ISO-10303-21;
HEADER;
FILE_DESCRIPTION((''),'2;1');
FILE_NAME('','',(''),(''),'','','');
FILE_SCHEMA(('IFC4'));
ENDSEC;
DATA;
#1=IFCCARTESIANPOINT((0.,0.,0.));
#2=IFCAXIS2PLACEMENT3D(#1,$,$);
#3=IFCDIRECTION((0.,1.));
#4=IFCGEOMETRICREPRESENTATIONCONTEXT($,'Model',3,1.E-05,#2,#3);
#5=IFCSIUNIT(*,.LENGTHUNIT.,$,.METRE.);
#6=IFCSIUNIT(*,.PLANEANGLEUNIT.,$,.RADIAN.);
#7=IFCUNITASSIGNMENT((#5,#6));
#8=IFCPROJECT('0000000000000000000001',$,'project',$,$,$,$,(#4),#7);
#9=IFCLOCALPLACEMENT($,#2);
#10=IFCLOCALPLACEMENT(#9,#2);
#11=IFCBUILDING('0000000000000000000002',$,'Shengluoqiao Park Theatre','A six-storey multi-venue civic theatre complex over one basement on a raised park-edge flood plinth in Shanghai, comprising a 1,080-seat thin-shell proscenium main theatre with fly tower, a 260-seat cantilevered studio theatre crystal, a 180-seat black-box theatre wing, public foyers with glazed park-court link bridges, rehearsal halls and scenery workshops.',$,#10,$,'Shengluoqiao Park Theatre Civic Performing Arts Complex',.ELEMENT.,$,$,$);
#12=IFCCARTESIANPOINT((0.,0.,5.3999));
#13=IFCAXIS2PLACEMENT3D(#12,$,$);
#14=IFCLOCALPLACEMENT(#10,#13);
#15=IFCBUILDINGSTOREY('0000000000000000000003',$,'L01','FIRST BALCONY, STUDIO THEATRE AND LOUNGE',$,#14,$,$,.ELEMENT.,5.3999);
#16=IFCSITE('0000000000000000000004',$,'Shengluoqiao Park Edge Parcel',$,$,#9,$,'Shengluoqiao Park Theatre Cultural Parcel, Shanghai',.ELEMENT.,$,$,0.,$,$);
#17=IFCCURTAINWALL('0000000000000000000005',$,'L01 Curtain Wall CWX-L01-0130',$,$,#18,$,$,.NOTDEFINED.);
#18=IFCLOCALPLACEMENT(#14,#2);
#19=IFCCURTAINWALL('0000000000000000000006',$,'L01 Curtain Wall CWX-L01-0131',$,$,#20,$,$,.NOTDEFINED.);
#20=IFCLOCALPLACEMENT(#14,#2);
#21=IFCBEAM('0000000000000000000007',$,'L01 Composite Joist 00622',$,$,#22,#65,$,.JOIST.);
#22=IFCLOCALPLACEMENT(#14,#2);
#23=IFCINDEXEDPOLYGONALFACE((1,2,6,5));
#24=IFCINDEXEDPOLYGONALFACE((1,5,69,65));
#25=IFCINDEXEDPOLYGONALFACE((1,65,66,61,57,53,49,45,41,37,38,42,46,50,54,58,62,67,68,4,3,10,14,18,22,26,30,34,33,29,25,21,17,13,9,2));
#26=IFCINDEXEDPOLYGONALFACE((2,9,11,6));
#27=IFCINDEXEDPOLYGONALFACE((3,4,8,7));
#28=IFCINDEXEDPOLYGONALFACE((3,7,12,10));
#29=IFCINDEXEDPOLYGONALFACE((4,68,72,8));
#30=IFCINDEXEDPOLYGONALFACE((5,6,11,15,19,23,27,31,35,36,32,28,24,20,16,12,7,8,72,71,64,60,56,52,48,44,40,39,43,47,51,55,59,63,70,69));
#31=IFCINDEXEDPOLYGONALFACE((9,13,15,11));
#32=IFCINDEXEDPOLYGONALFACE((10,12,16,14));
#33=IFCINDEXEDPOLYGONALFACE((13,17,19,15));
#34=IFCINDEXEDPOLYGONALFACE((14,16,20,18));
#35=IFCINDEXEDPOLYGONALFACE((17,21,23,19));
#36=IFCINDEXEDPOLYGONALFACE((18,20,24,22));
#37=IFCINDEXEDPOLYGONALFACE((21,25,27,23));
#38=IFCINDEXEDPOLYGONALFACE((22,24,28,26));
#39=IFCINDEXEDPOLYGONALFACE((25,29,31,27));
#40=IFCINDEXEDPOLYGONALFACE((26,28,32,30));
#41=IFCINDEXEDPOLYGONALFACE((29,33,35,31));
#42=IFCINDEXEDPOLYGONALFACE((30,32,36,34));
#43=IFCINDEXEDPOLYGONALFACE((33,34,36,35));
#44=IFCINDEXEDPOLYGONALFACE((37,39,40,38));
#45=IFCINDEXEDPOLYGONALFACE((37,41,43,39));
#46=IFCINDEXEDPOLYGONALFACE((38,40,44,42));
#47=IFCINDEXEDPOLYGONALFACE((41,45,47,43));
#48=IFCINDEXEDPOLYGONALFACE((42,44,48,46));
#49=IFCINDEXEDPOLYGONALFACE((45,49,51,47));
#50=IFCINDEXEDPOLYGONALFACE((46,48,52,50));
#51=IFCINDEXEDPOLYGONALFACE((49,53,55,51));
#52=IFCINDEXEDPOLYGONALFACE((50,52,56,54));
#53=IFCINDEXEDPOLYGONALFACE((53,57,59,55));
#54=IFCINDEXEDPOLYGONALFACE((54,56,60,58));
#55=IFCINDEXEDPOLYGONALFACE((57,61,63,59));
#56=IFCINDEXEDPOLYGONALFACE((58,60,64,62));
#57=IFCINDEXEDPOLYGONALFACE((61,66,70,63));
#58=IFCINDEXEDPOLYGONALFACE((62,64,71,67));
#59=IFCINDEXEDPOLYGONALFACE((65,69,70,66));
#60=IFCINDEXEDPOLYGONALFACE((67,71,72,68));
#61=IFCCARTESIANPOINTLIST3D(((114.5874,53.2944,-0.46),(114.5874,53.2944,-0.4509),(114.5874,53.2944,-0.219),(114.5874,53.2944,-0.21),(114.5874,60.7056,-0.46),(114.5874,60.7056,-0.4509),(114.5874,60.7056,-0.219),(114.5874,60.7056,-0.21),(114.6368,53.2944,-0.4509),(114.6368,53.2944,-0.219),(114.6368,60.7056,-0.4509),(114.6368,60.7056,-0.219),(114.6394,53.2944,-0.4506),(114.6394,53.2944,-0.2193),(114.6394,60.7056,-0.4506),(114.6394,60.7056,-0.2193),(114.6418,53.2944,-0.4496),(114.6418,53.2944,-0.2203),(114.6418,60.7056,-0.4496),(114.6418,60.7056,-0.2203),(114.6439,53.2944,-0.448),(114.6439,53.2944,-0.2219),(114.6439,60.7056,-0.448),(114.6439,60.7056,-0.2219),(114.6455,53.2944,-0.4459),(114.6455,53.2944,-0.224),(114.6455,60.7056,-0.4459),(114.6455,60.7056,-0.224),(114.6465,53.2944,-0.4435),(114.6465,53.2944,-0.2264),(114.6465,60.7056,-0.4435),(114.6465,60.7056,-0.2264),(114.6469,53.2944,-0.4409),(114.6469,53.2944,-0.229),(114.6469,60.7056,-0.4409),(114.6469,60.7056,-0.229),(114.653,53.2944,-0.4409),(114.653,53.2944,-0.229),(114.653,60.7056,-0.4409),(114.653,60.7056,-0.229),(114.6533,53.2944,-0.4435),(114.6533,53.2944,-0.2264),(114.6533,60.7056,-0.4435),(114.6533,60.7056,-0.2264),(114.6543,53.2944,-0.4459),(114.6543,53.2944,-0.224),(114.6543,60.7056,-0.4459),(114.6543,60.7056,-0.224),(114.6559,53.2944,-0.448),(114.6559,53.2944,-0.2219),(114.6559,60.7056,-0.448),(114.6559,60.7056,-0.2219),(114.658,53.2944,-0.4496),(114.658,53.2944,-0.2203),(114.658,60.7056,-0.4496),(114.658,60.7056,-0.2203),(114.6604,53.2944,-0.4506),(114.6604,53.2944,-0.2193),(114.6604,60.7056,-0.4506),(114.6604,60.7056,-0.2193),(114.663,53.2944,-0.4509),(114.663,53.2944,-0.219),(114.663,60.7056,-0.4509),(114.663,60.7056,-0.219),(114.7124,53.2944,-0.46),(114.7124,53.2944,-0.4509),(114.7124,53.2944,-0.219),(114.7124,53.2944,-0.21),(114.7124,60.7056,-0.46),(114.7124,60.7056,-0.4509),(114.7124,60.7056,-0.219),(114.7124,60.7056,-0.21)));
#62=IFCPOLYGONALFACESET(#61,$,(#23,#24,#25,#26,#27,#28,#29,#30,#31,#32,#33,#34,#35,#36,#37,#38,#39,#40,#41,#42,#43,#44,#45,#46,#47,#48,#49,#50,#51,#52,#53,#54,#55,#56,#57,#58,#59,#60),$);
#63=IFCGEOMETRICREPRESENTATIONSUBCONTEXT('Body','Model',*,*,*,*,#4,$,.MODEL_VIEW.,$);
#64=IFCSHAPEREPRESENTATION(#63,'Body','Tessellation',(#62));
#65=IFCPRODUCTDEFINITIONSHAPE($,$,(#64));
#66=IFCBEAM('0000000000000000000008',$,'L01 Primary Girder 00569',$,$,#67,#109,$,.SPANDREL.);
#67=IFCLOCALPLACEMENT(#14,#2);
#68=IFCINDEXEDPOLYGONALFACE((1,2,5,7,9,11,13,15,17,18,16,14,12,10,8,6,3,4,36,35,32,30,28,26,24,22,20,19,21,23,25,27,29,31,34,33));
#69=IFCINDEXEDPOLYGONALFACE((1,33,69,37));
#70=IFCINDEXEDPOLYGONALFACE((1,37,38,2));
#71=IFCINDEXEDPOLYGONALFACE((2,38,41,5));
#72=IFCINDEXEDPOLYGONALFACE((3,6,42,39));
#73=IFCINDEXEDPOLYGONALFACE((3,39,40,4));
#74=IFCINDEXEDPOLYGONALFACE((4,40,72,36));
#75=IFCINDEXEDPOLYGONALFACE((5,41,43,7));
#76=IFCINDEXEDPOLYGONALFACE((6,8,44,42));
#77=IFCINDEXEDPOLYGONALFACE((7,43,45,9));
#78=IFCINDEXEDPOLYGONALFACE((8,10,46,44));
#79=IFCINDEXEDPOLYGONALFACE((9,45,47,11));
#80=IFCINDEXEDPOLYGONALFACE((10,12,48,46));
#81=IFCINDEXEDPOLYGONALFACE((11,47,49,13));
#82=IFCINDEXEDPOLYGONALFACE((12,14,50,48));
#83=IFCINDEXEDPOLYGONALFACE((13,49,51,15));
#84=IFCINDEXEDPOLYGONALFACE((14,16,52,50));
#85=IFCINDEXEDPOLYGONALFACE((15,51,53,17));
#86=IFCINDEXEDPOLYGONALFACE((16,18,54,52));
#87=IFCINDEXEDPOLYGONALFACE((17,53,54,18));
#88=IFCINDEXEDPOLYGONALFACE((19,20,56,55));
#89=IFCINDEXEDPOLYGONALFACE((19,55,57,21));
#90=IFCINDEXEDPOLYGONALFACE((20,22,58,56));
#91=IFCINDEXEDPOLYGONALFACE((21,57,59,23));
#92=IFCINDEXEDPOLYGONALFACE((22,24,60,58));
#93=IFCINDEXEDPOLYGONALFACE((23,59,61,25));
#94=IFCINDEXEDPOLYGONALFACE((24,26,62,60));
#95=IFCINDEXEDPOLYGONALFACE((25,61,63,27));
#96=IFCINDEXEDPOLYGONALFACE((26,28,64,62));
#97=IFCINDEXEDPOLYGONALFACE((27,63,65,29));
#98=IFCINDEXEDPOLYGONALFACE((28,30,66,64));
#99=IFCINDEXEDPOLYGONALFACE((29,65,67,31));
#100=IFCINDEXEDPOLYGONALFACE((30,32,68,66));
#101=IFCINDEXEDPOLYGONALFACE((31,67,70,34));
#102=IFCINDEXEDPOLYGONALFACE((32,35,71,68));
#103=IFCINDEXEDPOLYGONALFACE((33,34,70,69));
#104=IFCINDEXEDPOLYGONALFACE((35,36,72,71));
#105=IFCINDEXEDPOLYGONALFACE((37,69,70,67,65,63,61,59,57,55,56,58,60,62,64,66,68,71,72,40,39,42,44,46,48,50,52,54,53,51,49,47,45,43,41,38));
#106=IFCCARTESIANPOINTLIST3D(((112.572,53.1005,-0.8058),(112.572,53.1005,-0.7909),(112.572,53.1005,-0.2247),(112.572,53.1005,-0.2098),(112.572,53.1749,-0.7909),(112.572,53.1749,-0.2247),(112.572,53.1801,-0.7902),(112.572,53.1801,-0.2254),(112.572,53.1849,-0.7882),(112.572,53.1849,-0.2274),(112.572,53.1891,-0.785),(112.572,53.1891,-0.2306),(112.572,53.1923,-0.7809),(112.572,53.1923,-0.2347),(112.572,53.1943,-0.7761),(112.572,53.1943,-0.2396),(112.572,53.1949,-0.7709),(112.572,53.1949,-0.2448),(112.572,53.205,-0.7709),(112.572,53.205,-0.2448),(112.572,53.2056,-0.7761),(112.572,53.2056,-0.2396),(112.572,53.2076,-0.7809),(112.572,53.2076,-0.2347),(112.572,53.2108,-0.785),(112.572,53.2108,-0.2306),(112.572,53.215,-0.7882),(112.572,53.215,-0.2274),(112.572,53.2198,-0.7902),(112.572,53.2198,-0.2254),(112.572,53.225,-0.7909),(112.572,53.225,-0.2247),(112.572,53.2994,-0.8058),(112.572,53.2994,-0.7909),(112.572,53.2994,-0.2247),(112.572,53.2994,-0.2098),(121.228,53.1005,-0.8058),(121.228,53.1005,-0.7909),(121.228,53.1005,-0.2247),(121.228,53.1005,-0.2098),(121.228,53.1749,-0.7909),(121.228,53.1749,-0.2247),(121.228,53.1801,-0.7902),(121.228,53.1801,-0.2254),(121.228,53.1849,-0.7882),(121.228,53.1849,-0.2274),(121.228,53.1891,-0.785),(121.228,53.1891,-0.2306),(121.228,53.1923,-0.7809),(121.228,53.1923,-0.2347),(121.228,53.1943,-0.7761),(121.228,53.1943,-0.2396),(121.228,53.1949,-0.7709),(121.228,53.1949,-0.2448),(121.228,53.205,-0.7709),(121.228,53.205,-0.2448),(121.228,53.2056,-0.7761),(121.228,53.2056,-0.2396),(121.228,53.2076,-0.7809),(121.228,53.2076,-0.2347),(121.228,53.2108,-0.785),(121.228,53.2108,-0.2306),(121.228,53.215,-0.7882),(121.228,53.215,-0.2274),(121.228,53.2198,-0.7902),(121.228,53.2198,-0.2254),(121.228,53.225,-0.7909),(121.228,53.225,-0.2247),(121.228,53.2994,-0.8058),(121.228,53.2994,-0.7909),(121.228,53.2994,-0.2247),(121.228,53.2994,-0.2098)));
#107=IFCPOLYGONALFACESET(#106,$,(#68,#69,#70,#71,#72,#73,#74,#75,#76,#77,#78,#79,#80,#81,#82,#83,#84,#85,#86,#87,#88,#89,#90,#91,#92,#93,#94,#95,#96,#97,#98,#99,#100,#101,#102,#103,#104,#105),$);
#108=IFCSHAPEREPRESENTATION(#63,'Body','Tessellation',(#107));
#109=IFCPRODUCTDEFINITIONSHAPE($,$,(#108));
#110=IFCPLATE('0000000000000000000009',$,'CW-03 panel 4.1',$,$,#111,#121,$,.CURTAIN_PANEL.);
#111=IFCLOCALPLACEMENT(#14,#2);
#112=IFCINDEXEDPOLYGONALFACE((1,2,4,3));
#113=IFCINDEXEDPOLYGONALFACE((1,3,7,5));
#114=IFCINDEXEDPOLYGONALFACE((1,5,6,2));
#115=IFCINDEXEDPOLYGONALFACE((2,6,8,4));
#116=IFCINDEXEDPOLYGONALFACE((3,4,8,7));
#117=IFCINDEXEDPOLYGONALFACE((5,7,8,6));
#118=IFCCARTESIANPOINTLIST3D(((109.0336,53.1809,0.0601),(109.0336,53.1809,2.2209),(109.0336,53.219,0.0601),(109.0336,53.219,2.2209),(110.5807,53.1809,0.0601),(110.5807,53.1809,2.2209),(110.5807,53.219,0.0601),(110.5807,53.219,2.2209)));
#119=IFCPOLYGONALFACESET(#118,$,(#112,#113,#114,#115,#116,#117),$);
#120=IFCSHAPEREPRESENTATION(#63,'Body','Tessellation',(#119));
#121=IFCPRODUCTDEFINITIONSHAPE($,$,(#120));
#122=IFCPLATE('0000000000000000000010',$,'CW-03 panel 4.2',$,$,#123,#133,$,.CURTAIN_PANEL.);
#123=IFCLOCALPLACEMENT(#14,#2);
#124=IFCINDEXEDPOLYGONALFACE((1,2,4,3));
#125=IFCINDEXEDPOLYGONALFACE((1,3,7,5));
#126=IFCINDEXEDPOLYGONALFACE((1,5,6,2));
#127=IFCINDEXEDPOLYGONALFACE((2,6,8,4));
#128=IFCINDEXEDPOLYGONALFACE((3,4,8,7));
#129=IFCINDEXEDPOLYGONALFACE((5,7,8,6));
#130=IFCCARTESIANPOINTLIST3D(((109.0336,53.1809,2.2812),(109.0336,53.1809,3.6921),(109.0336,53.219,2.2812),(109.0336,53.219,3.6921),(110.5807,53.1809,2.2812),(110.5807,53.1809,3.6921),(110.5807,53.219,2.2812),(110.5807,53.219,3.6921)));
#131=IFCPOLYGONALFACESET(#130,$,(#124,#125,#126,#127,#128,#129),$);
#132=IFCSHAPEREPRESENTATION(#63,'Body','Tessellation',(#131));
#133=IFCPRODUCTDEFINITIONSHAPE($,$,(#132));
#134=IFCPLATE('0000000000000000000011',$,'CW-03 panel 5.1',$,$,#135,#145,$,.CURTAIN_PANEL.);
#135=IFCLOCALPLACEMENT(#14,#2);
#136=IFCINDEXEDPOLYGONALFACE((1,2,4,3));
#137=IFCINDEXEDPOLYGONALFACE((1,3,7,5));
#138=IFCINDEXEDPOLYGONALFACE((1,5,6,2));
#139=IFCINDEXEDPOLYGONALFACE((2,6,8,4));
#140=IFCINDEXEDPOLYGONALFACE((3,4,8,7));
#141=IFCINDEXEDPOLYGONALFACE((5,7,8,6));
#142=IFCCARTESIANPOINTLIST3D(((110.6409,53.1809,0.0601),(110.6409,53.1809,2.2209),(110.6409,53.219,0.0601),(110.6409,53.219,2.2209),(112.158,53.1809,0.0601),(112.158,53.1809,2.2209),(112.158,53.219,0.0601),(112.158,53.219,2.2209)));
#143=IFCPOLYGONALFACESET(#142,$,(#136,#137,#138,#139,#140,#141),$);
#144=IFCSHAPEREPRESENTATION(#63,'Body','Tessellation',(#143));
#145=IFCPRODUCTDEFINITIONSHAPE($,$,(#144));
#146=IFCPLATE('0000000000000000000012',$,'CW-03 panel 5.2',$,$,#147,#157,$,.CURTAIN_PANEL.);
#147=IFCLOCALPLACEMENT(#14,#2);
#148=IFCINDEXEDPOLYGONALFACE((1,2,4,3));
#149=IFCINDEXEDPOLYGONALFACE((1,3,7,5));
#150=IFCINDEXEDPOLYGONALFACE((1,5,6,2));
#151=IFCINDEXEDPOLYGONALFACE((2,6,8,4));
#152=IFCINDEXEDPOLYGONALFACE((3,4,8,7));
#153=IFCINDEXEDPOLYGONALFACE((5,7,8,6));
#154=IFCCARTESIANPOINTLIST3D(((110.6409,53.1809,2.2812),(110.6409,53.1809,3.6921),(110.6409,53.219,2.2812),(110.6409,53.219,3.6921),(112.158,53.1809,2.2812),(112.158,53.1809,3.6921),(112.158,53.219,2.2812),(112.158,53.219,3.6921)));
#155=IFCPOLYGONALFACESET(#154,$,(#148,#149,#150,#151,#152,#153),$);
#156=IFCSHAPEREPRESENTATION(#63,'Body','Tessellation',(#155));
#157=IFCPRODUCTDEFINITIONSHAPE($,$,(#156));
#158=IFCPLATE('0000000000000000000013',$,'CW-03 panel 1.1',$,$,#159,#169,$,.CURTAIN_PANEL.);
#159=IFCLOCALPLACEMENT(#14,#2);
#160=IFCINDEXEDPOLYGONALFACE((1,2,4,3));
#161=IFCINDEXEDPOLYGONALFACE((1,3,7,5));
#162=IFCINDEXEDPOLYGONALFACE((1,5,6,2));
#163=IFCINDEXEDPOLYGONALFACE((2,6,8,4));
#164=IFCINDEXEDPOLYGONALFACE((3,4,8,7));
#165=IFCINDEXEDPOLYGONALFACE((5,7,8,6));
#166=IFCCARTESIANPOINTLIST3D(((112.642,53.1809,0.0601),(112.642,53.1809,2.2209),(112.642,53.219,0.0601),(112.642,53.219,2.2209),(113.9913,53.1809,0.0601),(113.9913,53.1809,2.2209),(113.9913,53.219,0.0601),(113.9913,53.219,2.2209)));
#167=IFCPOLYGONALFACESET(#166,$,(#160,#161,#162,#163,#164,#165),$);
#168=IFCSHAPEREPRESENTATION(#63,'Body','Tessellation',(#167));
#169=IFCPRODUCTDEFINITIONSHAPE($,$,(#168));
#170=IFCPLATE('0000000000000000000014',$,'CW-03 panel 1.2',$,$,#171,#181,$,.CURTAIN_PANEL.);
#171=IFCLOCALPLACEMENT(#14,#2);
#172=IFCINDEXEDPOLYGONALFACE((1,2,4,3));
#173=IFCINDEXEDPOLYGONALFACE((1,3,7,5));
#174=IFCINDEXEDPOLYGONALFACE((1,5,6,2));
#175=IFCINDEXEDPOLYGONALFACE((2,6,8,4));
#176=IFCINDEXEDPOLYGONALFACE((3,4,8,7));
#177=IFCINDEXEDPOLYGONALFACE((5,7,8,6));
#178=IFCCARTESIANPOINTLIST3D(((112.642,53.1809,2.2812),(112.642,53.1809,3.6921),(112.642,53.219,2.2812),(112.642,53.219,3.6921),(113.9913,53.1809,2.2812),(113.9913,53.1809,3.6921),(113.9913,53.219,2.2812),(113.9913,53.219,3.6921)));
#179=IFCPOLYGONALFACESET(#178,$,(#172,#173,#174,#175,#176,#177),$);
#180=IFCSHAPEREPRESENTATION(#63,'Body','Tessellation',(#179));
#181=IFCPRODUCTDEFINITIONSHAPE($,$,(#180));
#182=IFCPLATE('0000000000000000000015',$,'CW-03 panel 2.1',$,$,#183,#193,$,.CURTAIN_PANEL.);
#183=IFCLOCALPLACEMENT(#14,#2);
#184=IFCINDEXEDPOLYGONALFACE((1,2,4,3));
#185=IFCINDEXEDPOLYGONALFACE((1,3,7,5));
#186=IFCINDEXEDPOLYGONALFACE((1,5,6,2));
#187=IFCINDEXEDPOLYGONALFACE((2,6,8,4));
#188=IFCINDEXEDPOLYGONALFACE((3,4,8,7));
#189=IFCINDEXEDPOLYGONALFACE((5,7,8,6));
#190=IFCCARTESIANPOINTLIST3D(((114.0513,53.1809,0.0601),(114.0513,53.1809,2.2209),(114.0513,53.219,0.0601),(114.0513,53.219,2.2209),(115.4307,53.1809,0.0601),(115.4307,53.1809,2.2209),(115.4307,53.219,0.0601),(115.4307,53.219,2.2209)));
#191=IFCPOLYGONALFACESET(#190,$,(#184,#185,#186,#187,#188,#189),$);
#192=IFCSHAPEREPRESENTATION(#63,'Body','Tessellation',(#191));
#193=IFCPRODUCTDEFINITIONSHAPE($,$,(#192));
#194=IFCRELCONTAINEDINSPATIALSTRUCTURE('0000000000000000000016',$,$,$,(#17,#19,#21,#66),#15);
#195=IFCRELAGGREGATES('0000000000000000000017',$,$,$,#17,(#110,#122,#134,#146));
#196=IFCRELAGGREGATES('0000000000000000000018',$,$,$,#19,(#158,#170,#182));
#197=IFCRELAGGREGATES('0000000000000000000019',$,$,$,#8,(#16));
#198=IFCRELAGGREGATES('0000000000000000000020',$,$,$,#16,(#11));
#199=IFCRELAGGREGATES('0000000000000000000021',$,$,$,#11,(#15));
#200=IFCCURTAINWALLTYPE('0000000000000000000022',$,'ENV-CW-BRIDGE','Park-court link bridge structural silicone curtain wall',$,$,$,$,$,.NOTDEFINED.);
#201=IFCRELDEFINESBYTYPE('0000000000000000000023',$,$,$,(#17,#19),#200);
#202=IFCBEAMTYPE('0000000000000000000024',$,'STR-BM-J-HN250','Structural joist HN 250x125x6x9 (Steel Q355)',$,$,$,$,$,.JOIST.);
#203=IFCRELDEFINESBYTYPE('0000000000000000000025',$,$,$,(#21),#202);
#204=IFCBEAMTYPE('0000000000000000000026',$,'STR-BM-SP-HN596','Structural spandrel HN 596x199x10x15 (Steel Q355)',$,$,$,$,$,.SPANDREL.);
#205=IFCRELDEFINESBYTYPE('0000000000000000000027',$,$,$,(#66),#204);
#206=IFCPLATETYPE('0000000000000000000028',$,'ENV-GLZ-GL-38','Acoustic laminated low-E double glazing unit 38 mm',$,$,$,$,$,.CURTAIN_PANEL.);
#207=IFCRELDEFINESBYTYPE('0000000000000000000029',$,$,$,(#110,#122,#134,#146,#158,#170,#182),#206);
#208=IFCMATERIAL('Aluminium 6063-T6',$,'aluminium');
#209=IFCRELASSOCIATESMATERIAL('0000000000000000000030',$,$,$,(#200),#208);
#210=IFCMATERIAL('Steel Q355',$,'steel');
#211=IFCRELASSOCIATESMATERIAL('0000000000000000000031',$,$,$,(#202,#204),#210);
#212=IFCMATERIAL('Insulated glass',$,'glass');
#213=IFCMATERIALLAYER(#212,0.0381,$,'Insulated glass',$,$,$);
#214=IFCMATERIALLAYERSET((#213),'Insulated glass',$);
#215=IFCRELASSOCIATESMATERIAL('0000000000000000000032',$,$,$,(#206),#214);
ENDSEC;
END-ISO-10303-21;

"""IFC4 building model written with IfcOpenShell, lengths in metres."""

from ifc_helpers import new_model, si_unit, direction, frame, origin, origin_2d, place, context, subcontext, project, spatial, rectangle, i_section, extrude, material, layer, layer_set, material_profile, profile_set, type_object, element, aggregate, save


model = new_model("IFC4")

# Units and contexts
model_context = context("Model", 3, precision=1e-05, world=origin(), true_north=direction((0.0, 1.0)))
body_context = subcontext(model_context, "Body", "Model", "MODEL_VIEW")
ifc_project = project(units=[si_unit("LENGTHUNIT", "METRE"), si_unit("PLANEANGLEUNIT", "RADIAN")], contexts=[model_context])

# Site, building, storey
site_placement = place(None, origin())
site = spatial("IfcSite", under=ifc_project, at=site_placement, Name="Shengluoqiao Park Edge Parcel", LongName="Shengluoqiao Park Theatre Cultural Parcel, Shanghai", CompositionType="ELEMENT", RefElevation=0.0)
building_placement = place(site_placement, origin())
building = spatial("IfcBuilding", under=site, at=building_placement, Name="Shengluoqiao Park Theatre", Description="A six-storey multi-venue civic theatre complex over one basement on a raised park-edge flood plinth in Shanghai, comprising a 1,080-seat thin-shell proscenium main theatre with fly tower, a 260-seat cantilevered studio theatre crystal, a 180-seat black-box theatre wing, public foyers with glazed park-court link bridges, rehearsal halls and scenery workshops.", LongName="Shengluoqiao Park Theatre Civic Performing Arts Complex", CompositionType="ELEMENT")
storey_placement = place(building_placement, frame((0.0, 0.0, 5.3999)))
storey = spatial("IfcBuildingStorey", under=building, at=storey_placement, Name="L01", Description="FIRST BALCONY, STUDIO THEATRE AND LOUNGE", CompositionType="ELEMENT", Elevation=5.3999)

# Shared definitions
ifc_material_1 = material(Name="Steel Q355", Category="steel")

# Curtain walls
ifc_material_2 = material(Name="Aluminium 6063-T6", Category="aluminium")
curtain_wall_type = type_object("IfcCurtainWallType", Name="ENV-CW-BRIDGE", Description="Park-court link bridge structural silicone curtain wall", PredefinedType="NOTDEFINED", material=ifc_material_2)
curtain_wall_1_placement = place(storey_placement, origin())
curtain_wall_1 = element("IfcCurtainWall", 1, at=curtain_wall_1_placement, inside=storey, type_object=curtain_wall_type, Name="L01 Curtain Wall CWX-L01-0130", PredefinedType="NOTDEFINED")
curtain_wall_2_placement = place(storey_placement, origin())
curtain_wall_2 = element("IfcCurtainWall", 2, at=curtain_wall_2_placement, inside=storey, type_object=curtain_wall_type, Name="L01 Curtain Wall CWX-L01-0131", PredefinedType="NOTDEFINED")

# Beams
ifc_material_profile_1 = material_profile(ifc_material_1, i_section(OverallWidth=0.125, OverallDepth=0.25, WebThickness=0.0061, FlangeThickness=0.009, FilletRadius=0.01, at=origin_2d()), Name="HN 250x125x6x9")
ifc_profile_set_1 = profile_set([ifc_material_profile_1], Name="Steel Q355")
beam_type_1 = type_object("IfcBeamType", Name="STR-BM-J-HN250", Description="Structural joist HN 250x125x6x9 (Steel Q355)", PredefinedType="JOIST", material=ifc_profile_set_1)
for number, where, z_axis, x_axis, name in (
    (3, (114.6499, 53.2944, -0.335), (0.0, 1.0, 0.0), (-1.0, 0.0, 0.0), "L01 Composite Joist 00622"),
):
    element("IfcBeam", number, at=place(storey_placement, frame(where, z_axis=z_axis, x_axis=x_axis)), inside=storey, type_object=beam_type_1, Name=name, PredefinedType="JOIST", context=body_context, shape_type="SweptSolid", body=[
        extrude(i_section(OverallWidth=0.125, OverallDepth=0.25, WebThickness=0.0061, FlangeThickness=0.009, FilletRadius=0.01, at=origin_2d()), origin(), (0.0, 0.0, 1.0), 7.4111),
    ])
ifc_material_profile_2 = material_profile(ifc_material_1, i_section(OverallWidth=0.199, OverallDepth=0.5959, WebThickness=0.01, FlangeThickness=0.0149, FilletRadius=0.02, at=origin_2d()), Name="HN 596x199x10x15")
ifc_profile_set_2 = profile_set([ifc_material_profile_2], Name="Steel Q355")
beam_type_2 = type_object("IfcBeamType", Name="STR-BM-SP-HN596", Description="Structural spandrel HN 596x199x10x15 (Steel Q355)", PredefinedType="SPANDREL", material=ifc_profile_set_2)
beam_1_placement = place(storey_placement, frame((112.572, 53.2, -0.5078), z_axis=(1.0, 0.0, 0.0), x_axis=(0.0, 1.0, 0.0)))
element("IfcBeam", 4, at=beam_1_placement, inside=storey, type_object=beam_type_2, Name="L01 Primary Girder 00569", PredefinedType="SPANDREL", context=body_context, shape_type="SweptSolid", body=[
    extrude(i_section(OverallWidth=0.199, OverallDepth=0.5959, WebThickness=0.01, FlangeThickness=0.0149, FilletRadius=0.02, at=origin_2d()), origin(), (0.0, 0.0, 1.0), 8.656),
])

# Plates
ifc_material_3 = material(Name="Insulated glass", Category="glass")
ifc_layer_1 = layer(ifc_material_3, 0.0381, Name="Insulated glass")
ifc_layer_set_1 = layer_set([ifc_layer_1], Name="Insulated glass")
plate_type_1 = type_object("IfcPlateType", Name="ENV-GLZ-GL-38", Description="Acoustic laminated low-E double glazing unit 38 mm", PredefinedType="CURTAIN_PANEL", material=ifc_layer_set_1)
plate_1_placement = place(storey_placement, frame((109.8071, 53.2, 0.0601), z_axis=(0.0, 0.0, 1.0), x_axis=(1.0, 0.0, 0.0)))
plate_1 = element("IfcPlate", 5, at=plate_1_placement, type_object=plate_type_1, Name="CW-03 panel 4.1", PredefinedType="CURTAIN_PANEL", context=body_context, shape_type="SweptSolid", body=[
    extrude(rectangle(XDim=1.5471, YDim=0.0381, at=origin_2d()), origin(), (0.0, 0.0, 1.0), 2.1609),
])
plate_2_placement = place(storey_placement, frame((109.8071, 53.2, 2.2812), z_axis=(0.0, 0.0, 1.0), x_axis=(1.0, 0.0, 0.0)))
plate_2 = element("IfcPlate", 6, at=plate_2_placement, type_object=plate_type_1, Name="CW-03 panel 4.2", PredefinedType="CURTAIN_PANEL", context=body_context, shape_type="SweptSolid", body=[
    extrude(rectangle(XDim=1.5471, YDim=0.0381, at=origin_2d()), origin(), (0.0, 0.0, 1.0), 1.4109),
])
plate_3_placement = place(storey_placement, frame((111.3994, 53.2, 0.0601), z_axis=(0.0, 0.0, 1.0), x_axis=(1.0, 0.0, 0.0)))
plate_3 = element("IfcPlate", 7, at=plate_3_placement, type_object=plate_type_1, Name="CW-03 panel 5.1", PredefinedType="CURTAIN_PANEL", context=body_context, shape_type="SweptSolid", body=[
    extrude(rectangle(XDim=1.5171, YDim=0.0381, at=origin_2d()), origin(), (0.0, 0.0, 1.0), 2.1609),
])
plate_4_placement = place(storey_placement, frame((111.3994, 53.2, 2.2812), z_axis=(0.0, 0.0, 1.0), x_axis=(1.0, 0.0, 0.0)))
plate_4 = element("IfcPlate", 8, at=plate_4_placement, type_object=plate_type_1, Name="CW-03 panel 5.2", PredefinedType="CURTAIN_PANEL", context=body_context, shape_type="SweptSolid", body=[
    extrude(rectangle(XDim=1.5171, YDim=0.0381, at=origin_2d()), origin(), (0.0, 0.0, 1.0), 1.4109),
])
aggregate(curtain_wall_1, [plate_1, plate_2, plate_3, plate_4])
plate_5_placement = place(storey_placement, frame((113.3167, 53.2, 0.0601), z_axis=(0.0, 0.0, 1.0), x_axis=(1.0, 0.0, 0.0)))
plate_5 = element("IfcPlate", 9, at=plate_5_placement, type_object=plate_type_1, Name="CW-03 panel 1.1", PredefinedType="CURTAIN_PANEL", context=body_context, shape_type="SweptSolid", body=[
    extrude(rectangle(XDim=1.3494, YDim=0.0381, at=origin_2d()), origin(), (0.0, 0.0, 1.0), 2.1609),
])
plate_6_placement = place(storey_placement, frame((113.3167, 53.2, 2.2812), z_axis=(0.0, 0.0, 1.0), x_axis=(1.0, 0.0, 0.0)))
plate_6 = element("IfcPlate", 10, at=plate_6_placement, type_object=plate_type_1, Name="CW-03 panel 1.2", PredefinedType="CURTAIN_PANEL", context=body_context, shape_type="SweptSolid", body=[
    extrude(rectangle(XDim=1.3494, YDim=0.0381, at=origin_2d()), origin(), (0.0, 0.0, 1.0), 1.4109),
])
plate_7_placement = place(storey_placement, frame((114.741, 53.2, 0.0601), z_axis=(0.0, 0.0, 1.0), x_axis=(1.0, 0.0, 0.0)))
plate_7 = element("IfcPlate", 11, at=plate_7_placement, type_object=plate_type_1, Name="CW-03 panel 2.1", PredefinedType="CURTAIN_PANEL", context=body_context, shape_type="SweptSolid", body=[
    extrude(rectangle(XDim=1.3794, YDim=0.0381, at=origin_2d()), origin(), (0.0, 0.0, 1.0), 2.1609),
])
aggregate(curtain_wall_2, [plate_5, plate_6, plate_7])

save(model, "model.ifc")
